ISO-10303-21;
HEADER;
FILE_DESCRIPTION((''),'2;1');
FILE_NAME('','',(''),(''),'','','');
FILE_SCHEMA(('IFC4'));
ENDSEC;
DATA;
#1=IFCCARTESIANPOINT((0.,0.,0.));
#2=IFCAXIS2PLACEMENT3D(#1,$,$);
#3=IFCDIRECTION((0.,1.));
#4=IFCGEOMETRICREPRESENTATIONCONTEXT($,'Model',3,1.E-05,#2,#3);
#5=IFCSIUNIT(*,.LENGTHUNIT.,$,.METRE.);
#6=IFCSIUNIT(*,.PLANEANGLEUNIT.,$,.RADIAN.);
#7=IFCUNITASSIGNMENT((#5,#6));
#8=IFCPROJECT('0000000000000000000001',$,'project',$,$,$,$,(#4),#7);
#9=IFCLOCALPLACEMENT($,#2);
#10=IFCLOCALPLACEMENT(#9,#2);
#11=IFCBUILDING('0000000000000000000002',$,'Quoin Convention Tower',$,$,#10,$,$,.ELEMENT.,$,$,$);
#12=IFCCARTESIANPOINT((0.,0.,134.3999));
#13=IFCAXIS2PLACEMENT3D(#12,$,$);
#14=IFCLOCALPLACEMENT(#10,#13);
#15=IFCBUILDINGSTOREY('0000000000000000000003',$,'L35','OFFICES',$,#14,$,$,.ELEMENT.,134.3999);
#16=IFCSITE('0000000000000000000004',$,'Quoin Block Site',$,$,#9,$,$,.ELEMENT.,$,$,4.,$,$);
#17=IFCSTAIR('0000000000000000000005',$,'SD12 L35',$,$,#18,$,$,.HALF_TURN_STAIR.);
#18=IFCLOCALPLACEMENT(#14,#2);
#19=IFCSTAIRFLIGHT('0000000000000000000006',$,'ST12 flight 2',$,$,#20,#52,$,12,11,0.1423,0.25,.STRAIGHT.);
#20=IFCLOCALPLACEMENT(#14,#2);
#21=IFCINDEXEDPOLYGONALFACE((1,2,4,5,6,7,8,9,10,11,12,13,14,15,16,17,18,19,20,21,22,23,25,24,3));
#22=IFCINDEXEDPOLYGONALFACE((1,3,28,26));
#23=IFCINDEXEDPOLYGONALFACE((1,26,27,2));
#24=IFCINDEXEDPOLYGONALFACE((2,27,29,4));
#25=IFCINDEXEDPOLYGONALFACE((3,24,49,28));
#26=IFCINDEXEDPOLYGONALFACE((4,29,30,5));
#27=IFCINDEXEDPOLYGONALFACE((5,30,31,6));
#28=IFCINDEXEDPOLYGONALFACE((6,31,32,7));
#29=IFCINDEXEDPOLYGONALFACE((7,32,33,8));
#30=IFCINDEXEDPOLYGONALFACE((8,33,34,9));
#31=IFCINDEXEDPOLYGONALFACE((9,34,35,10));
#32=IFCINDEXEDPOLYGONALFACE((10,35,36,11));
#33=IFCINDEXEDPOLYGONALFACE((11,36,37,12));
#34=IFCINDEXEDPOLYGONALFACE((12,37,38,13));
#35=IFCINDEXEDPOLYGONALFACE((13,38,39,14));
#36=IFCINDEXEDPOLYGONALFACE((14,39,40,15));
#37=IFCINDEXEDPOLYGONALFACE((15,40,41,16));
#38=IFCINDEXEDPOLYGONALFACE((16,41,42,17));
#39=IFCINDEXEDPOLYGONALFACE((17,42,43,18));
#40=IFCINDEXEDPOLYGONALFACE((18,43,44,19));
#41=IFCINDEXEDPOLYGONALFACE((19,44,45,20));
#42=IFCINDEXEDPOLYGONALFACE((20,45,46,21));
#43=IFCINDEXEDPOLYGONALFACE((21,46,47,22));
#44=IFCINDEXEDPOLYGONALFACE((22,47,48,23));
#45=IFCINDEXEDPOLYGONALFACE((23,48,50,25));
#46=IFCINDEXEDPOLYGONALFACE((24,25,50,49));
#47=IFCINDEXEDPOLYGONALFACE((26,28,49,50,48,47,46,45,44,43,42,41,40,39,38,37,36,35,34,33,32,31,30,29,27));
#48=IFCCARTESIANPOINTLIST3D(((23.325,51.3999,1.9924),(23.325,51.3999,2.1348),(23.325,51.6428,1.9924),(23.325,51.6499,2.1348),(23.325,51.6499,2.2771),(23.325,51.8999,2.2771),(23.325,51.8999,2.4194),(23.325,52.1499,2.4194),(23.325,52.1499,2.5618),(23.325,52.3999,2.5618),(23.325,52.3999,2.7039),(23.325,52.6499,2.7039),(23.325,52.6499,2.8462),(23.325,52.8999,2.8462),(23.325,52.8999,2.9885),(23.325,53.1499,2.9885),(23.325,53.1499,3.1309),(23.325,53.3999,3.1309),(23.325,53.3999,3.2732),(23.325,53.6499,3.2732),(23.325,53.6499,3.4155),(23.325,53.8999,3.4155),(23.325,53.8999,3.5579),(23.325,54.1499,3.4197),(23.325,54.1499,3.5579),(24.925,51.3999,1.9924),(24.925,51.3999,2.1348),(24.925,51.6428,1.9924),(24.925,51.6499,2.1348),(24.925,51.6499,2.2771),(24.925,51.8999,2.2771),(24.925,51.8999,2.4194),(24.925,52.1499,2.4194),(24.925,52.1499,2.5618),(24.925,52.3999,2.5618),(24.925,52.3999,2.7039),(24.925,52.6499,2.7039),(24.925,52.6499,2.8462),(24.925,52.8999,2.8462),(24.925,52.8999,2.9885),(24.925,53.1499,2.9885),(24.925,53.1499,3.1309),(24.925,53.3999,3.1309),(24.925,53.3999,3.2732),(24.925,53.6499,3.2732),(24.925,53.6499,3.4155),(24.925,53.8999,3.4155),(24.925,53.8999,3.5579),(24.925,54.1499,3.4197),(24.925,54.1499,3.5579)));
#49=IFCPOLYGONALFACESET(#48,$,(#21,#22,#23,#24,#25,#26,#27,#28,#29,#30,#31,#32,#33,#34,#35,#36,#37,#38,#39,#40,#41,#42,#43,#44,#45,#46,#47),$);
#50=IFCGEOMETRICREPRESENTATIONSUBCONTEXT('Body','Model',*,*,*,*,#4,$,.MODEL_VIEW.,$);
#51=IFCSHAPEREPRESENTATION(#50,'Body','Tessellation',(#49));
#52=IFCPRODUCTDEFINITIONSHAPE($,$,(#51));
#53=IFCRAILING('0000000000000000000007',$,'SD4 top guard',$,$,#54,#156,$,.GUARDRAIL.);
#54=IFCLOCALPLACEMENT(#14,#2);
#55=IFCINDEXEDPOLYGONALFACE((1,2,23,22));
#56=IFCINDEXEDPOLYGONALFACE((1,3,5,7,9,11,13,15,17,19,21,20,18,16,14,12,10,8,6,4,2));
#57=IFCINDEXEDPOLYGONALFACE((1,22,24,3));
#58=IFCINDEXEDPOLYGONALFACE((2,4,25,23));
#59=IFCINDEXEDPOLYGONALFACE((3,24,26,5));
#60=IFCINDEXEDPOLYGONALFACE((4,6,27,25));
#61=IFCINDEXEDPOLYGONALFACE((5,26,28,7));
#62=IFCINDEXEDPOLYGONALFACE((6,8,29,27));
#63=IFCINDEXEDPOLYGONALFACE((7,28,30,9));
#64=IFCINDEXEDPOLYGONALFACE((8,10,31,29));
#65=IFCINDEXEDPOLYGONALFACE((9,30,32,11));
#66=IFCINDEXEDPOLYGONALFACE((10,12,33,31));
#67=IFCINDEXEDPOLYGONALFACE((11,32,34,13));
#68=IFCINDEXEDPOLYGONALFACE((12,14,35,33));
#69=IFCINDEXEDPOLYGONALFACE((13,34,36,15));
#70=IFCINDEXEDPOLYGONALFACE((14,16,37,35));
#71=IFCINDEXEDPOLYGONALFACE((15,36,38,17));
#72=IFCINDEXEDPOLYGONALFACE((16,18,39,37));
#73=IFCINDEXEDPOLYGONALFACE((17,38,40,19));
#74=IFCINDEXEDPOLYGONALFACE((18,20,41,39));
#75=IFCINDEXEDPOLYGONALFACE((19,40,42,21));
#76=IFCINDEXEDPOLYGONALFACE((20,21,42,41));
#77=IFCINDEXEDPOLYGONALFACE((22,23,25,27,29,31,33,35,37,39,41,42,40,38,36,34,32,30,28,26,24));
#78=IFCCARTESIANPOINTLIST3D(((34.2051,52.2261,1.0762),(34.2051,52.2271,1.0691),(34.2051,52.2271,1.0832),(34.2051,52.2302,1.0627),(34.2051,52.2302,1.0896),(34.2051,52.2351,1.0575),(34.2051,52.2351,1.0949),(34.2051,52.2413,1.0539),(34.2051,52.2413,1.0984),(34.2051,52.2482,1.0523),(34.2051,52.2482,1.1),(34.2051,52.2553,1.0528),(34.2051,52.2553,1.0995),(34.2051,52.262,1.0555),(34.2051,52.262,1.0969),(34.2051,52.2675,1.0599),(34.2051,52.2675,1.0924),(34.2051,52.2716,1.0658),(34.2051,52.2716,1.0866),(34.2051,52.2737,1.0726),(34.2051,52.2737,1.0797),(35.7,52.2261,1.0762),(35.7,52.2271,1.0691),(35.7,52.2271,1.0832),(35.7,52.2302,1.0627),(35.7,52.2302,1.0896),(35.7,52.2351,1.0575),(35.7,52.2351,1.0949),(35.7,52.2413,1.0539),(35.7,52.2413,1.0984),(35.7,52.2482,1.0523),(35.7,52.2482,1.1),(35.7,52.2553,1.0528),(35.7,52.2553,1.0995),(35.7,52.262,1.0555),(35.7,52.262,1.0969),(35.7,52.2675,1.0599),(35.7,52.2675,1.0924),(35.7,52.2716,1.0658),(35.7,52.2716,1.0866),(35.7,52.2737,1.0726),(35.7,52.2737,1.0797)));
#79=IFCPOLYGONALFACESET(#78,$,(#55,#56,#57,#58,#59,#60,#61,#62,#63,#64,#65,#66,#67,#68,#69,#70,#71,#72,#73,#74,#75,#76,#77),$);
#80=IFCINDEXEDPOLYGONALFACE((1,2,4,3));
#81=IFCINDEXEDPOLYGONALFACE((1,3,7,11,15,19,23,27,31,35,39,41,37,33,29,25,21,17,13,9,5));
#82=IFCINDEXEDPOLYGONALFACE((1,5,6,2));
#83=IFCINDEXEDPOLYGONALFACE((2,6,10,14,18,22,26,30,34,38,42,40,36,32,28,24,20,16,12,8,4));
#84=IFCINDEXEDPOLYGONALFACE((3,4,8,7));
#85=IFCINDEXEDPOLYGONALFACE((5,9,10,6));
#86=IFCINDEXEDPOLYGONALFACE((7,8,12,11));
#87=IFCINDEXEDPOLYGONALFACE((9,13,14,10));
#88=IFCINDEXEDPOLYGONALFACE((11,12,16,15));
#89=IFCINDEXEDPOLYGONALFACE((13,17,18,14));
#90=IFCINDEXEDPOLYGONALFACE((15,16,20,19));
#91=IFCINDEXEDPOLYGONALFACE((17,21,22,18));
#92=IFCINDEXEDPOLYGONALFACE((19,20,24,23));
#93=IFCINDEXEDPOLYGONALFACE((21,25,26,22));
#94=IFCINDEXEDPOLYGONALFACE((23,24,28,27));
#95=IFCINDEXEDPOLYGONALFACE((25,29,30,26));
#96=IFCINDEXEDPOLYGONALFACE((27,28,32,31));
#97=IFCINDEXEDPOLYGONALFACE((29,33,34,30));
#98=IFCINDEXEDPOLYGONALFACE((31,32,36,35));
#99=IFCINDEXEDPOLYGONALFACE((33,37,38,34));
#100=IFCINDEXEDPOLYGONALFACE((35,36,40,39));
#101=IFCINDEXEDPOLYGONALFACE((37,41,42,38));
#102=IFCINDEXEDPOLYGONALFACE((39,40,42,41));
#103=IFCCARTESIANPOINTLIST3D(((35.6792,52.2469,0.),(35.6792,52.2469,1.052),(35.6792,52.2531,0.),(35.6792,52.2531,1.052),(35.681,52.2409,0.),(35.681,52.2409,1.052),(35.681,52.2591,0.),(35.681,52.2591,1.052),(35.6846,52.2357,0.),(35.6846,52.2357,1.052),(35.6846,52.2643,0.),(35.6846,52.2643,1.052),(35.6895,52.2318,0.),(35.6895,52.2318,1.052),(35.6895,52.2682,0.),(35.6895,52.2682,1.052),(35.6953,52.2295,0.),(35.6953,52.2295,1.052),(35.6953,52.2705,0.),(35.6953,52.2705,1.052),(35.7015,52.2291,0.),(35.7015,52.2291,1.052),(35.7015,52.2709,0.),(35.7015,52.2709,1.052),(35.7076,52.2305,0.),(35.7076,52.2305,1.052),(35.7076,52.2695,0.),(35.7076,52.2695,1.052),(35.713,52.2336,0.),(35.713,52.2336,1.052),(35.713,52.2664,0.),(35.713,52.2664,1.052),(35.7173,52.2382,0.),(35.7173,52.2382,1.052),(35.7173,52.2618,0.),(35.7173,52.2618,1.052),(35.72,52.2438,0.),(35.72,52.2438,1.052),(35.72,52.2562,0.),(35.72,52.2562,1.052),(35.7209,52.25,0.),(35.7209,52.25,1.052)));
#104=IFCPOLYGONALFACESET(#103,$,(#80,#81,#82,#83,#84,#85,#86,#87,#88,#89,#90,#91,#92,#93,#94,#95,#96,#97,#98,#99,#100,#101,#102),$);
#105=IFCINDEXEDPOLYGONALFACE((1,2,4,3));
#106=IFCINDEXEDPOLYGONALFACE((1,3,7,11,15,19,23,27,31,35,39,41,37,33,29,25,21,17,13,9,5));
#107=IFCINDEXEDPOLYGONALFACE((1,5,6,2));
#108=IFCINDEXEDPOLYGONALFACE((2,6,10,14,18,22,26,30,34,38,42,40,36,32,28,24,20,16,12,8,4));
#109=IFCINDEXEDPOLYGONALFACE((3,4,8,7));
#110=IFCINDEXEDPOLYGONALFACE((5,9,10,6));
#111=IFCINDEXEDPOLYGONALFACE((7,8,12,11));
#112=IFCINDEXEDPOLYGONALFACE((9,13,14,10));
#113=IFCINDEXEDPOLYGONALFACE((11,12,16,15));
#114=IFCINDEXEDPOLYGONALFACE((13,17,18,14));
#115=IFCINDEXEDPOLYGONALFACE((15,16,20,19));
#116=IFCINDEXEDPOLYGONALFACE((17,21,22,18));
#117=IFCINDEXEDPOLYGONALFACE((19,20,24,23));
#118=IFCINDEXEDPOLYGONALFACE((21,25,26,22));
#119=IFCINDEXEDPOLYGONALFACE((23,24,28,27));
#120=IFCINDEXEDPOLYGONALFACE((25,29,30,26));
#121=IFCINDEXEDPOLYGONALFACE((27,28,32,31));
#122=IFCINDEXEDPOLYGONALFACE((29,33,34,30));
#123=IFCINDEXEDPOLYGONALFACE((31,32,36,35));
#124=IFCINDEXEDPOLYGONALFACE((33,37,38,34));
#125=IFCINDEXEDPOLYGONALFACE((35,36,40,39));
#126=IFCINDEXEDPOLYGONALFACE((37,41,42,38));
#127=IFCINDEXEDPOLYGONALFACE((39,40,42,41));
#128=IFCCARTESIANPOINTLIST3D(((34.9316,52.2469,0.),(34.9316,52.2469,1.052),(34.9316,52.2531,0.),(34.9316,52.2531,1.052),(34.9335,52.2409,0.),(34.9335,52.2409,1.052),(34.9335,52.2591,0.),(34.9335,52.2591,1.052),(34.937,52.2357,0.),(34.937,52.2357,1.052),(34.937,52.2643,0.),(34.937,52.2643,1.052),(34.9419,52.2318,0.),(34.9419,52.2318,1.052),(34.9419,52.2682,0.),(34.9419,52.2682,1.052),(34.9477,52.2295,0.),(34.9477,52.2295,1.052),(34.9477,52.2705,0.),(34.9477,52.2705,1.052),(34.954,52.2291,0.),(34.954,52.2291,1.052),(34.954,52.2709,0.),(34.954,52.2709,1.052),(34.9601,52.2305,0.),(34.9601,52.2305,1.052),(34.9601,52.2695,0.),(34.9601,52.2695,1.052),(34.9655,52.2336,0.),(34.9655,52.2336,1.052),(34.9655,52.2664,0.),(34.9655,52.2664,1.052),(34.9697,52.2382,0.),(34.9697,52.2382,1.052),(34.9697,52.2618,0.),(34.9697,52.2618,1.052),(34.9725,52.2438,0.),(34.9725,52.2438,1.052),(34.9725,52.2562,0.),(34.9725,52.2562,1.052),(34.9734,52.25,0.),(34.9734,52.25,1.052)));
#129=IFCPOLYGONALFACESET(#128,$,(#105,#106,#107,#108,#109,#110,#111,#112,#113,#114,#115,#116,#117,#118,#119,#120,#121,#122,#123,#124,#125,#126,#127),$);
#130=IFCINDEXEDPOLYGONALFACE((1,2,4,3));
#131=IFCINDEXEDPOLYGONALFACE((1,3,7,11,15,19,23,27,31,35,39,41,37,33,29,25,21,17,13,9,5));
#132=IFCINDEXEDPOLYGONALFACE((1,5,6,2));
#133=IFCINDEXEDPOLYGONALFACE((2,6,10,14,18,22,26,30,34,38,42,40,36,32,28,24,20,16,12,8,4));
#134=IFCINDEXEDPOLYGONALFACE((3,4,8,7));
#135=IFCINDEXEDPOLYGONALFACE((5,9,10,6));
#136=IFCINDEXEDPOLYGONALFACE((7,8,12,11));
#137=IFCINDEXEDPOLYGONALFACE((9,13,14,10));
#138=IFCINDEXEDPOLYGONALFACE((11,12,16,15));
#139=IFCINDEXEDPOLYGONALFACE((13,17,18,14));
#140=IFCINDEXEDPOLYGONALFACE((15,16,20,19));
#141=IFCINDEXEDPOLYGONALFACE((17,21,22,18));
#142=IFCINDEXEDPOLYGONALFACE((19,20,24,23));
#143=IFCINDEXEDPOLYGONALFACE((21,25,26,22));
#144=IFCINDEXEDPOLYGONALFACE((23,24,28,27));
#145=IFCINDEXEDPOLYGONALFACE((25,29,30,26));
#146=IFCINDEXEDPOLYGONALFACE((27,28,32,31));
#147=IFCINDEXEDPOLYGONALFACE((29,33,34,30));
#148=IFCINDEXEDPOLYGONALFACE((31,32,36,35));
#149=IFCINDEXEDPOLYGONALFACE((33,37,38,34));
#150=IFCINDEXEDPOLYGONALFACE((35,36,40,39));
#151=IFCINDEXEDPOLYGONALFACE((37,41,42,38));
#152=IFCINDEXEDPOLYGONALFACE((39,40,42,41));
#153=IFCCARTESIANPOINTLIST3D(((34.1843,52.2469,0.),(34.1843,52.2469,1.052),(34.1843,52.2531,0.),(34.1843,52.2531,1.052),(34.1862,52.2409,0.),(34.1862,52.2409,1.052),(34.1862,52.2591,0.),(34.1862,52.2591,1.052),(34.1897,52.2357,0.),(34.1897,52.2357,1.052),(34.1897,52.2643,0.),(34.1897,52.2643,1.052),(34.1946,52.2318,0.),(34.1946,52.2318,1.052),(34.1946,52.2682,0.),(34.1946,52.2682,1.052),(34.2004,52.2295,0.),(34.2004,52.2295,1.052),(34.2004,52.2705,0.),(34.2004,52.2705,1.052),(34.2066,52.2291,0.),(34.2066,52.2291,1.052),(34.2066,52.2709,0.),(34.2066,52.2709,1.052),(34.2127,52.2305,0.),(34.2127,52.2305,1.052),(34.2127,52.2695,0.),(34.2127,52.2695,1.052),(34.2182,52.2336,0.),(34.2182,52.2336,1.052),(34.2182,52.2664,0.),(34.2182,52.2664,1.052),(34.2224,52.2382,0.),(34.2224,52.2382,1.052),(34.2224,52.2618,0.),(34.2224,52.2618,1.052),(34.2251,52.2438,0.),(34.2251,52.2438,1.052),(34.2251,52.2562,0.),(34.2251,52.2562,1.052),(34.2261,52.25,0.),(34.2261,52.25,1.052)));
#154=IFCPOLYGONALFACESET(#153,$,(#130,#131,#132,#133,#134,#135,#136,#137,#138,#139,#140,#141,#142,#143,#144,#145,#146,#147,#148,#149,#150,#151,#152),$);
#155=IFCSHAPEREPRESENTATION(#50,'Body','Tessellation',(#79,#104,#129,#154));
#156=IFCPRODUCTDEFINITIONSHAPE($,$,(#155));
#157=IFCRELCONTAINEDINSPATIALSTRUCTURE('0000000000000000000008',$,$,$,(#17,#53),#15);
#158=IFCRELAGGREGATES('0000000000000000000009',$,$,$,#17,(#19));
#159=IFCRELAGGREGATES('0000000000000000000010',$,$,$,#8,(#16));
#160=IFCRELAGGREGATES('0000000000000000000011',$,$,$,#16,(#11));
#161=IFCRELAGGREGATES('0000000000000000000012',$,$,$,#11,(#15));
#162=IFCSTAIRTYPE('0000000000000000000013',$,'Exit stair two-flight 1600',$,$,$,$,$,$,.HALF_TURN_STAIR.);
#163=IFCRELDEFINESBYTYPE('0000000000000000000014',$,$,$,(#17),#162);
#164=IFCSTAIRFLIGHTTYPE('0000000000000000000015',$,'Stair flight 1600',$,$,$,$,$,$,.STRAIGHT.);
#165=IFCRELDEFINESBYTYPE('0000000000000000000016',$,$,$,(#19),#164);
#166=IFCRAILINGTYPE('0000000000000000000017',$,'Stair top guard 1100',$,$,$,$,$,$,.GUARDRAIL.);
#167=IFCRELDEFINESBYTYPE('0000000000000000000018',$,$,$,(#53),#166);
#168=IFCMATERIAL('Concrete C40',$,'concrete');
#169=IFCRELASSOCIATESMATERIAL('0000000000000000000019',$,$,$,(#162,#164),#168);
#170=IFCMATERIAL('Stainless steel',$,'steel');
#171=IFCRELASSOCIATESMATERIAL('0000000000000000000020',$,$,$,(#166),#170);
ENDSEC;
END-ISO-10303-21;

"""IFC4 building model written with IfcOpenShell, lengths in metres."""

from ifc_helpers import new_model, si_unit, direction, frame, origin, origin_2d, place, context, subcontext, project, spatial, polyline, circle, outline, extrude, material, type_object, element, aggregate, save


model = new_model("IFC4")

# Units and contexts
model_context = context("Model", 3, precision=1e-05, world=origin(), true_north=direction((0.0, 1.0)))
body_context = subcontext(model_context, "Body", "Model", "MODEL_VIEW")
ifc_project = project(units=[si_unit("LENGTHUNIT", "METRE"), si_unit("PLANEANGLEUNIT", "RADIAN")], contexts=[model_context])

# Site, building, storey
site_placement = place(None, origin())
site = spatial("IfcSite", under=ifc_project, at=site_placement, Name="Quoin Block Site", CompositionType="ELEMENT", RefElevation=4.0)
building_placement = place(site_placement, origin())
building = spatial("IfcBuilding", under=site, at=building_placement, Name="Quoin Convention Tower", CompositionType="ELEMENT")
storey_placement = place(building_placement, frame((0.0, 0.0, 134.3999)))
storey = spatial("IfcBuildingStorey", under=building, at=storey_placement, Name="L35", Description="OFFICES", CompositionType="ELEMENT", Elevation=134.3999)

# Shared definitions
ifc_material_1 = material(Name="Concrete C40", Category="concrete")

# Stair, stair flight
stair_type_1 = type_object("IfcStairType", Name="Exit stair two-flight 1600", PredefinedType="HALF_TURN_STAIR", material=ifc_material_1)
stair_flight_type_1 = type_object("IfcStairFlightType", Name="Stair flight 1600", PredefinedType="STRAIGHT", material=ifc_material_1)
stair_1_placement = place(storey_placement, origin())
stair_1 = element("IfcStair", 1, at=stair_1_placement, inside=storey, type_object=stair_type_1, Name="SD12 L35", PredefinedType="HALF_TURN_STAIR")
stair_flight_1_placement = place(storey_placement, frame((24.125, 51.3999, 1.9924), z_axis=(0.0, 0.0, 1.0), x_axis=(0.0, 1.0, 0.0)))
stair_flight_1 = element("IfcStairFlight", 2, at=stair_flight_1_placement, type_object=stair_flight_type_1, Name="ST12 flight 2", NumberOfRisers=12, NumberOfTreads=11, PredefinedType="STRAIGHT", RiserHeight=0.1423, TreadLength=0.25, context=body_context, shape_type="SweptSolid", body=[
    extrude(outline(polyline([(0.0, 0.0), (0.0, 0.1423), (0.25, 0.1423), (0.25, 0.2847), (0.5, 0.2847), (0.5, 0.427), (0.75, 0.427), (0.75, 0.5693), (1.0, 0.5693), (1.0, 0.7114), (1.25, 0.7114), (1.25, 0.8538), (1.5, 0.8538), (1.5, 0.9961), (1.75, 0.9961), (1.75, 1.1384), (2.0, 1.1384), (2.0, 1.2808), (2.25, 1.2808), (2.25, 1.4231), (2.5, 1.4231), (2.5, 1.5654), (2.75, 1.5654), (2.75, 1.7078), (2.75, 1.4272), (0.2429, 0.0), (0.0, 0.0)])), frame((0.0, 0.8, 0.0), z_axis=(0.0, -1.0, 0.0), x_axis=(1.0, 0.0, 0.0)), (0.0, 0.0, 1.0), 1.6001),
])
aggregate(stair_1, [stair_flight_1])

# Railing
ifc_material_2 = material(Name="Stainless steel", Category="steel")
railing_type_1 = type_object("IfcRailingType", Name="Stair top guard 1100", PredefinedType="GUARDRAIL", material=ifc_material_2)
railing_1_placement = place(storey_placement, frame((35.7, 52.25, 0.0)))
element("IfcRailing", 3, at=railing_1_placement, inside=storey, type_object=railing_type_1, Name="SD4 top guard", PredefinedType="GUARDRAIL", context=body_context, shape_type="SweptSolid", body=[
    extrude(circle(Radius=0.0239, at=origin_2d()), frame((0.0, 0.0, 1.0762), z_axis=(-1.0, 0.0, 0.0), x_axis=(0.0, -1.0, 0.0)), (0.0, 0.0, 1.0), 1.4949),
    extrude(circle(Radius=0.021, at=origin_2d()), origin(), (0.0, 0.0, 1.0), 1.052),
    extrude(circle(Radius=0.021, at=origin_2d()), frame((-0.7476, 0.0, 0.0)), (0.0, 0.0, 1.0), 1.052),
    extrude(circle(Radius=0.021, at=origin_2d()), frame((-1.4949, 0.0, 0.0)), (0.0, 0.0, 1.0), 1.052),
])

save(model, "model.ifc")
